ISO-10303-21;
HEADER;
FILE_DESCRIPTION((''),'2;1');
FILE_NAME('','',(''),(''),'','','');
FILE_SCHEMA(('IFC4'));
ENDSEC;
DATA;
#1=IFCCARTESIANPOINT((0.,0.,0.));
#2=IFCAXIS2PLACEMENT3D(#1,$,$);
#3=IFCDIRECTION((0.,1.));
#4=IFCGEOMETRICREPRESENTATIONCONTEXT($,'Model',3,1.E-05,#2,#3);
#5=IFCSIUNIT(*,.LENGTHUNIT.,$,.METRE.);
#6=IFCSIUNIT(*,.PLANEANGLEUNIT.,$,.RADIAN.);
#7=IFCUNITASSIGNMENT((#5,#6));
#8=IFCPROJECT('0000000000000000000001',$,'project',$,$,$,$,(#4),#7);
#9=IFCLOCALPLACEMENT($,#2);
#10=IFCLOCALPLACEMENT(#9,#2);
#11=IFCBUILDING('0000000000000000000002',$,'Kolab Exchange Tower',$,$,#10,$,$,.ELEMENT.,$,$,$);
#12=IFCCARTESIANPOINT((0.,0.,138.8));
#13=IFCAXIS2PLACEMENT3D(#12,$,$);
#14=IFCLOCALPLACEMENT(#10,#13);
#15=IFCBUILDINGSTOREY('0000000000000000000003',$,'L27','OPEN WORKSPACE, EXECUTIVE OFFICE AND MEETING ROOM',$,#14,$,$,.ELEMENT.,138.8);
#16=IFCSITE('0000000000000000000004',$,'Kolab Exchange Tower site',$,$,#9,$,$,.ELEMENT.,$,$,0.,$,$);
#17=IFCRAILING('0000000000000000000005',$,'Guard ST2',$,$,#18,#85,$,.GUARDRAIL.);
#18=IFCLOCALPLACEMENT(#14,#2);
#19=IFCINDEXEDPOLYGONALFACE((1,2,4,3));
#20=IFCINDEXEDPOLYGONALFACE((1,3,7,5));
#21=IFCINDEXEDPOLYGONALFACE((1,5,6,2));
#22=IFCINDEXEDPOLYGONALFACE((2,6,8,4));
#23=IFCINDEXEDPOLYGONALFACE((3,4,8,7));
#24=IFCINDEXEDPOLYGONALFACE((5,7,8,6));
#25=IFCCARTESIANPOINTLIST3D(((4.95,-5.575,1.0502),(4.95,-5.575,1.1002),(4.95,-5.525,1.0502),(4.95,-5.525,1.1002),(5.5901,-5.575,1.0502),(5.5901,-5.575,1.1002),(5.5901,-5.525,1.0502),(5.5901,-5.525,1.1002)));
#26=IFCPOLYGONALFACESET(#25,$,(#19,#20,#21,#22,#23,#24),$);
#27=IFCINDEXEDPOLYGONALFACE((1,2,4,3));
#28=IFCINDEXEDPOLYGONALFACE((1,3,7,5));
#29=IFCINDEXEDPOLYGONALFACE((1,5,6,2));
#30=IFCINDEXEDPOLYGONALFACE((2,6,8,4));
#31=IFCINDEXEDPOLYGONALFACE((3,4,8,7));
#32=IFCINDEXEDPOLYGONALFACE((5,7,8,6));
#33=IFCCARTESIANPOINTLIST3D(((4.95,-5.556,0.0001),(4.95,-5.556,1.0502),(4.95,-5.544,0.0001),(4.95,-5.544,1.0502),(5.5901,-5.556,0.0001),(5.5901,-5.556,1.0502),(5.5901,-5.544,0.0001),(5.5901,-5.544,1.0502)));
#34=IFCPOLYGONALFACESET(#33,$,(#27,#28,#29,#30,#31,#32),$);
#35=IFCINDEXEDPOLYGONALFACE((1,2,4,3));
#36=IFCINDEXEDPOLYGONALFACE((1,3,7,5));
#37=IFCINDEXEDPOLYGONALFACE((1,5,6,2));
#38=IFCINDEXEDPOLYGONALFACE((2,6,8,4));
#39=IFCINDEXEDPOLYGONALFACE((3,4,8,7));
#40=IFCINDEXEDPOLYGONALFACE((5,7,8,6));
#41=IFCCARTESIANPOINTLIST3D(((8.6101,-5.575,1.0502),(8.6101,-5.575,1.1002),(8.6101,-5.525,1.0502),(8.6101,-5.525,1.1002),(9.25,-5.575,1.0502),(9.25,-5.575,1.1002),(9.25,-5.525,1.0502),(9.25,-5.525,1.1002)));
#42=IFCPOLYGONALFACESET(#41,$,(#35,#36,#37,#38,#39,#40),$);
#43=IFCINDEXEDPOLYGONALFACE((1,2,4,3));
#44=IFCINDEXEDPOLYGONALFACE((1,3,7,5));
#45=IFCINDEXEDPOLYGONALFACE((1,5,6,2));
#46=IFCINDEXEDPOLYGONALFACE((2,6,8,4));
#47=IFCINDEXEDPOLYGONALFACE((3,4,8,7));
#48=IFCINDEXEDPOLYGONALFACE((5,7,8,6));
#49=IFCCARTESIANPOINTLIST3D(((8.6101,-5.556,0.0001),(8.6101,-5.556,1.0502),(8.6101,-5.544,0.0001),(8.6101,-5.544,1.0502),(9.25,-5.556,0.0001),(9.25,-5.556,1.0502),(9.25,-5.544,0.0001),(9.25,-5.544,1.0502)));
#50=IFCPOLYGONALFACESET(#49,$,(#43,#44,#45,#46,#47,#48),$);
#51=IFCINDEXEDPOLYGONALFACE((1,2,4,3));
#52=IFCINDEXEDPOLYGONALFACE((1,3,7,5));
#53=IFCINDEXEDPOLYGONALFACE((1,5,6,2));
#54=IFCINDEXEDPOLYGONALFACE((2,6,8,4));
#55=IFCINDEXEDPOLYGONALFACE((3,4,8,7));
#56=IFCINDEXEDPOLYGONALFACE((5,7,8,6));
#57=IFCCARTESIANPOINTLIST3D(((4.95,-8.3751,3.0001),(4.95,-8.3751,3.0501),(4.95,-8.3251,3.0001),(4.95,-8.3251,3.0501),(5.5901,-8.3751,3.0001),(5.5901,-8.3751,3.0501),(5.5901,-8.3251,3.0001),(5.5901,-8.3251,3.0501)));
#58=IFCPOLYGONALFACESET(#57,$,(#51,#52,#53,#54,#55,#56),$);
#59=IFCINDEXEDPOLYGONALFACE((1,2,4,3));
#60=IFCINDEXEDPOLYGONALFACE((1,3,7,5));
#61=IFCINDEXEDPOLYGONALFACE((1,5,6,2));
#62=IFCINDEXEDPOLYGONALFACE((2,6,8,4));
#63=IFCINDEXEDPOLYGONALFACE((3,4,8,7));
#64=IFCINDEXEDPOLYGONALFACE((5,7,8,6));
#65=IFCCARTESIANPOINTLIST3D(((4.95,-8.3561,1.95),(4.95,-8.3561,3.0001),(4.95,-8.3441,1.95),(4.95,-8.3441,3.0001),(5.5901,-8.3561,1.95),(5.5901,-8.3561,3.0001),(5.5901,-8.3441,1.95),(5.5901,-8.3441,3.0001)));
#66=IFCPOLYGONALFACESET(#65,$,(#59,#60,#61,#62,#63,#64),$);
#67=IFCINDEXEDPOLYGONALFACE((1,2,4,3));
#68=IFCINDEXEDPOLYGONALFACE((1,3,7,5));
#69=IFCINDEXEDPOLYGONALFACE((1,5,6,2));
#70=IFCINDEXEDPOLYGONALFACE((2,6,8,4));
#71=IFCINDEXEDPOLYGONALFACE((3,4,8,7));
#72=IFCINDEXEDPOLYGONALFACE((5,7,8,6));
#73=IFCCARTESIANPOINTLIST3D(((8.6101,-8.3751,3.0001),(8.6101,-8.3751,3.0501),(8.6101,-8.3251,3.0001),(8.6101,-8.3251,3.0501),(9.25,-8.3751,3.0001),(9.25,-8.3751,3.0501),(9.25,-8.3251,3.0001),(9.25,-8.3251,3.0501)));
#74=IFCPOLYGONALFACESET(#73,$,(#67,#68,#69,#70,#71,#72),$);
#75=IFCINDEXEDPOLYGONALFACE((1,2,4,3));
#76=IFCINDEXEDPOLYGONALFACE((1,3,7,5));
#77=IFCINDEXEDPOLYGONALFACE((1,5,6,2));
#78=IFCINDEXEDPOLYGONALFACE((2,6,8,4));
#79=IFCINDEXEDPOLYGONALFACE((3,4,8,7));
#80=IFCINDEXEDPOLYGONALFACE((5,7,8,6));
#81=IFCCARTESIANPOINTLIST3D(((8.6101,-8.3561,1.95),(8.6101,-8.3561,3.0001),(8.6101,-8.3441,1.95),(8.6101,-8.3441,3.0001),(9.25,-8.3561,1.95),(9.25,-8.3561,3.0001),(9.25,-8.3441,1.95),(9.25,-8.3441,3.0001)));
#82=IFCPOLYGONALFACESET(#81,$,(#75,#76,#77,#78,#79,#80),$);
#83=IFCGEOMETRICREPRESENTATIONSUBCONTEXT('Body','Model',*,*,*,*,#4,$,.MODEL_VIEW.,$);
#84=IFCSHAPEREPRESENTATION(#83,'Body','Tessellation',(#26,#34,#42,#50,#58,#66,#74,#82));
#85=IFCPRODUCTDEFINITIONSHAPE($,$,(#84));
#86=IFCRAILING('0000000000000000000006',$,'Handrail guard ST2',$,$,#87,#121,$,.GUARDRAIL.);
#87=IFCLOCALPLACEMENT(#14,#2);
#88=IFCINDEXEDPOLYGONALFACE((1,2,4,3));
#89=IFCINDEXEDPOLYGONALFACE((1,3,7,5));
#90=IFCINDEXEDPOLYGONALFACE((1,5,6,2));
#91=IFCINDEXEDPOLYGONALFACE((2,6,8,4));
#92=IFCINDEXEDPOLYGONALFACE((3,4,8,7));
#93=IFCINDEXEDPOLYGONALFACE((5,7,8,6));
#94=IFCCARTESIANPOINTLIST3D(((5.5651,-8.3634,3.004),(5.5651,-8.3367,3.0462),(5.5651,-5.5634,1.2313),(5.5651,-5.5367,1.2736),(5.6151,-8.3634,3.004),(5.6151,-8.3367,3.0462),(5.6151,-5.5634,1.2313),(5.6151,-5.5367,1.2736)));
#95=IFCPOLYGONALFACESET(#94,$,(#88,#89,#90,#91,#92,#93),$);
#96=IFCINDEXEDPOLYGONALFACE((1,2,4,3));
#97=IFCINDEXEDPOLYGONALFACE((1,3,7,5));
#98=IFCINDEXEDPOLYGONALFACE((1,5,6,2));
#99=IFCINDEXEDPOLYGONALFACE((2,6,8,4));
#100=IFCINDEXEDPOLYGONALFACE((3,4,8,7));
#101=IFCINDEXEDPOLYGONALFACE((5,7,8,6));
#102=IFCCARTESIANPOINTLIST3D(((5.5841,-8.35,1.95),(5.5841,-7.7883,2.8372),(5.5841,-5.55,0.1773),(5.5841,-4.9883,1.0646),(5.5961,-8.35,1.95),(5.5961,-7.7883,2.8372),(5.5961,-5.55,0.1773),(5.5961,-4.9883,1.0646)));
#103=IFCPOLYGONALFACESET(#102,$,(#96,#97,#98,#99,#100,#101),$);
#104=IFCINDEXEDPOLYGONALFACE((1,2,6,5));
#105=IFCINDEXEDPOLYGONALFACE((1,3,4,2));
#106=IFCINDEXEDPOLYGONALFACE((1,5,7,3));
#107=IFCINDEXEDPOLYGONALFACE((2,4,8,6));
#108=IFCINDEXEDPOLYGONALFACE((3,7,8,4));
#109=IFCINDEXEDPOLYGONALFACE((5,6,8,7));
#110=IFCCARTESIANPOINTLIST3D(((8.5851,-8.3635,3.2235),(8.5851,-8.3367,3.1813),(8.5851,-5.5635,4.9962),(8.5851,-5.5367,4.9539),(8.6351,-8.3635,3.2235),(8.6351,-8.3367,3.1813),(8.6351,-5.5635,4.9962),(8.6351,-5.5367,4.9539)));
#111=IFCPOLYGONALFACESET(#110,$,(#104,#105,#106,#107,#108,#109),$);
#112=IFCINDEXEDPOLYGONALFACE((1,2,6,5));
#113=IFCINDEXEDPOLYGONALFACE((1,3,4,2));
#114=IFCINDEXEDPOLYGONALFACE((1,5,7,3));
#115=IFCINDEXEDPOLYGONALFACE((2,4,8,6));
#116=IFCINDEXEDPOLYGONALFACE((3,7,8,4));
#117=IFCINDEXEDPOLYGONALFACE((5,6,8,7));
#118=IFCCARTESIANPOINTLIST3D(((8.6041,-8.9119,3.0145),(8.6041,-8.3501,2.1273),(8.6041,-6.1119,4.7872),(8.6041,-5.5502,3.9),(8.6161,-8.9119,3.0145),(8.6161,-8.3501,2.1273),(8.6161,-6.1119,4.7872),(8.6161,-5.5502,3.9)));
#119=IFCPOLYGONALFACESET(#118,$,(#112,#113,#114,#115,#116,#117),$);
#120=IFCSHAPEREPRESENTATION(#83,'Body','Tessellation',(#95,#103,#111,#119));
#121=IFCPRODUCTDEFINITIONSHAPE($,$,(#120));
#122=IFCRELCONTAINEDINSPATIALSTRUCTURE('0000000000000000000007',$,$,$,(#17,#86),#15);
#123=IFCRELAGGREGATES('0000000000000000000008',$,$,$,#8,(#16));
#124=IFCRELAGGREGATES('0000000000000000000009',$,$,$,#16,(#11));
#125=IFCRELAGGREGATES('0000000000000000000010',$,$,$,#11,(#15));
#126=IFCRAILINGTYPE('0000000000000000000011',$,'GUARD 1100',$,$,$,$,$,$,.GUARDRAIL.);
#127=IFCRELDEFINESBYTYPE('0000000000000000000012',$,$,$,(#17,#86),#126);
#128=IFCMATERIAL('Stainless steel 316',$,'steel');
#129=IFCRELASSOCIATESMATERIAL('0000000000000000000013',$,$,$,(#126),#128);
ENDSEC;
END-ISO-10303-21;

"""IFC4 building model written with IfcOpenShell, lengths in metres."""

from ifc_helpers import new_model, si_unit, direction, frame, frame_2d, origin, origin_2d, place, context, subcontext, project, spatial, rectangle, extrude, material, type_object, element, save


model = new_model("IFC4")

# Units and contexts
model_context = context("Model", 3, precision=1e-05, world=origin(), true_north=direction((0.0, 1.0)))
body_context = subcontext(model_context, "Body", "Model", "MODEL_VIEW")
ifc_project = project(units=[si_unit("LENGTHUNIT", "METRE"), si_unit("PLANEANGLEUNIT", "RADIAN")], contexts=[model_context])

# Site, building, storey
site_placement = place(None, origin())
site = spatial("IfcSite", under=ifc_project, at=site_placement, Name="Kolab Exchange Tower site", CompositionType="ELEMENT", RefElevation=0.0)
building_placement = place(site_placement, origin())
building = spatial("IfcBuilding", under=site, at=building_placement, Name="Kolab Exchange Tower", CompositionType="ELEMENT")
storey_placement = place(building_placement, frame((0.0, 0.0, 138.8)))
storey = spatial("IfcBuildingStorey", under=building, at=storey_placement, Name="L27", Description="OPEN WORKSPACE, EXECUTIVE OFFICE AND MEETING ROOM", CompositionType="ELEMENT", Elevation=138.8)

# Shared definitions
ifc_material_1 = material(Name="Stainless steel 316", Category="steel")

# Railings
railing_type = type_object("IfcRailingType", Name="GUARD 1100", PredefinedType="GUARDRAIL", material=ifc_material_1)
railing_1_placement = place(storey_placement, frame((4.95, -5.55, 0.0)))
element("IfcRailing", 1, at=railing_1_placement, inside=storey, type_object=railing_type, Name="Guard ST2", PredefinedType="GUARDRAIL", context=body_context, shape_type="SweptSolid", body=[
    extrude(rectangle(XDim=0.05, YDim=0.05, at=origin_2d()), frame((0.0, 0.0, 1.0752), z_axis=(1.0, 0.0, 0.0), x_axis=(0.0, 1.0, 0.0)), (0.0, 0.0, 1.0), 0.6401),
    extrude(rectangle(XDim=0.012, YDim=1.0501, at=frame_2d((0.0, 0.5251))), frame((0.0, 0.0, 0.0), z_axis=(1.0, 0.0, 0.0), x_axis=(0.0, 1.0, 0.0)), (0.0, 0.0, 1.0), 0.6401),
    extrude(rectangle(XDim=0.05, YDim=0.05, at=origin_2d()), frame((3.6602, 0.0, 1.0752), z_axis=(1.0, 0.0, 0.0), x_axis=(0.0, 1.0, 0.0)), (0.0, 0.0, 1.0), 0.6399),
    extrude(rectangle(XDim=0.012, YDim=1.0501, at=frame_2d((0.0, 0.5251))), frame((3.6602, 0.0, 0.0), z_axis=(1.0, 0.0, 0.0), x_axis=(0.0, 1.0, 0.0)), (0.0, 0.0, 1.0), 0.6399),
    extrude(rectangle(XDim=0.05, YDim=0.05, at=origin_2d()), frame((0.0, -2.8, 3.0251), z_axis=(1.0, 0.0, 0.0), x_axis=(0.0, 1.0, 0.0)), (0.0, 0.0, 1.0), 0.6401),
    extrude(rectangle(XDim=0.012, YDim=1.0501, at=frame_2d((0.0, 0.5251))), frame((0.0, -2.8, 1.95), z_axis=(1.0, 0.0, 0.0), x_axis=(0.0, 1.0, 0.0)), (0.0, 0.0, 1.0), 0.6401),
    extrude(rectangle(XDim=0.05, YDim=0.05, at=origin_2d()), frame((3.6602, -2.8, 3.0251), z_axis=(1.0, 0.0, 0.0), x_axis=(0.0, 1.0, 0.0)), (0.0, 0.0, 1.0), 0.6399),
    extrude(rectangle(XDim=0.012, YDim=1.0501, at=frame_2d((0.0, 0.5251))), frame((3.6602, -2.8, 1.95), z_axis=(1.0, 0.0, 0.0), x_axis=(0.0, 1.0, 0.0)), (0.0, 0.0, 1.0), 0.6399),
])
railing_2_placement = place(storey_placement, frame((5.5901, -5.55, 0.1772)))
element("IfcRailing", 2, at=railing_2_placement, inside=storey, type_object=railing_type, Name="Handrail guard ST2", PredefinedType="GUARDRAIL", context=body_context, shape_type="SweptSolid", body=[
    extrude(rectangle(XDim=0.05, YDim=0.05, at=origin_2d()), frame((0.0, 0.0, 1.0752), z_axis=(0.0, -0.844909, 0.53491), x_axis=(1.0, 0.0, 0.0)), (0.0, 0.0, 1.0), 3.314),
    extrude(rectangle(XDim=0.012, YDim=1.0501, at=frame_2d((0.0, 0.5251))), frame((0.0, 0.0, 0.0), z_axis=(0.0, -0.844909, 0.53491), x_axis=(1.0, 0.0, 0.0)), (0.0, 0.0, 1.0), 3.314),
    extrude(rectangle(XDim=0.05, YDim=0.05, at=origin_2d()), frame((3.02, -2.8, 3.0251), z_axis=(0.0, 0.844909, 0.53491), x_axis=(-1.0, 0.0, 0.0)), (0.0, 0.0, 1.0), 3.314),
    extrude(rectangle(XDim=0.012, YDim=1.0501, at=frame_2d((0.0, 0.5251))), frame((3.02, -2.8, 1.95), z_axis=(0.0, 0.844909, 0.53491), x_axis=(-1.0, 0.0, 0.0)), (0.0, 0.0, 1.0), 3.314),
])

save(model, "model.ifc")
